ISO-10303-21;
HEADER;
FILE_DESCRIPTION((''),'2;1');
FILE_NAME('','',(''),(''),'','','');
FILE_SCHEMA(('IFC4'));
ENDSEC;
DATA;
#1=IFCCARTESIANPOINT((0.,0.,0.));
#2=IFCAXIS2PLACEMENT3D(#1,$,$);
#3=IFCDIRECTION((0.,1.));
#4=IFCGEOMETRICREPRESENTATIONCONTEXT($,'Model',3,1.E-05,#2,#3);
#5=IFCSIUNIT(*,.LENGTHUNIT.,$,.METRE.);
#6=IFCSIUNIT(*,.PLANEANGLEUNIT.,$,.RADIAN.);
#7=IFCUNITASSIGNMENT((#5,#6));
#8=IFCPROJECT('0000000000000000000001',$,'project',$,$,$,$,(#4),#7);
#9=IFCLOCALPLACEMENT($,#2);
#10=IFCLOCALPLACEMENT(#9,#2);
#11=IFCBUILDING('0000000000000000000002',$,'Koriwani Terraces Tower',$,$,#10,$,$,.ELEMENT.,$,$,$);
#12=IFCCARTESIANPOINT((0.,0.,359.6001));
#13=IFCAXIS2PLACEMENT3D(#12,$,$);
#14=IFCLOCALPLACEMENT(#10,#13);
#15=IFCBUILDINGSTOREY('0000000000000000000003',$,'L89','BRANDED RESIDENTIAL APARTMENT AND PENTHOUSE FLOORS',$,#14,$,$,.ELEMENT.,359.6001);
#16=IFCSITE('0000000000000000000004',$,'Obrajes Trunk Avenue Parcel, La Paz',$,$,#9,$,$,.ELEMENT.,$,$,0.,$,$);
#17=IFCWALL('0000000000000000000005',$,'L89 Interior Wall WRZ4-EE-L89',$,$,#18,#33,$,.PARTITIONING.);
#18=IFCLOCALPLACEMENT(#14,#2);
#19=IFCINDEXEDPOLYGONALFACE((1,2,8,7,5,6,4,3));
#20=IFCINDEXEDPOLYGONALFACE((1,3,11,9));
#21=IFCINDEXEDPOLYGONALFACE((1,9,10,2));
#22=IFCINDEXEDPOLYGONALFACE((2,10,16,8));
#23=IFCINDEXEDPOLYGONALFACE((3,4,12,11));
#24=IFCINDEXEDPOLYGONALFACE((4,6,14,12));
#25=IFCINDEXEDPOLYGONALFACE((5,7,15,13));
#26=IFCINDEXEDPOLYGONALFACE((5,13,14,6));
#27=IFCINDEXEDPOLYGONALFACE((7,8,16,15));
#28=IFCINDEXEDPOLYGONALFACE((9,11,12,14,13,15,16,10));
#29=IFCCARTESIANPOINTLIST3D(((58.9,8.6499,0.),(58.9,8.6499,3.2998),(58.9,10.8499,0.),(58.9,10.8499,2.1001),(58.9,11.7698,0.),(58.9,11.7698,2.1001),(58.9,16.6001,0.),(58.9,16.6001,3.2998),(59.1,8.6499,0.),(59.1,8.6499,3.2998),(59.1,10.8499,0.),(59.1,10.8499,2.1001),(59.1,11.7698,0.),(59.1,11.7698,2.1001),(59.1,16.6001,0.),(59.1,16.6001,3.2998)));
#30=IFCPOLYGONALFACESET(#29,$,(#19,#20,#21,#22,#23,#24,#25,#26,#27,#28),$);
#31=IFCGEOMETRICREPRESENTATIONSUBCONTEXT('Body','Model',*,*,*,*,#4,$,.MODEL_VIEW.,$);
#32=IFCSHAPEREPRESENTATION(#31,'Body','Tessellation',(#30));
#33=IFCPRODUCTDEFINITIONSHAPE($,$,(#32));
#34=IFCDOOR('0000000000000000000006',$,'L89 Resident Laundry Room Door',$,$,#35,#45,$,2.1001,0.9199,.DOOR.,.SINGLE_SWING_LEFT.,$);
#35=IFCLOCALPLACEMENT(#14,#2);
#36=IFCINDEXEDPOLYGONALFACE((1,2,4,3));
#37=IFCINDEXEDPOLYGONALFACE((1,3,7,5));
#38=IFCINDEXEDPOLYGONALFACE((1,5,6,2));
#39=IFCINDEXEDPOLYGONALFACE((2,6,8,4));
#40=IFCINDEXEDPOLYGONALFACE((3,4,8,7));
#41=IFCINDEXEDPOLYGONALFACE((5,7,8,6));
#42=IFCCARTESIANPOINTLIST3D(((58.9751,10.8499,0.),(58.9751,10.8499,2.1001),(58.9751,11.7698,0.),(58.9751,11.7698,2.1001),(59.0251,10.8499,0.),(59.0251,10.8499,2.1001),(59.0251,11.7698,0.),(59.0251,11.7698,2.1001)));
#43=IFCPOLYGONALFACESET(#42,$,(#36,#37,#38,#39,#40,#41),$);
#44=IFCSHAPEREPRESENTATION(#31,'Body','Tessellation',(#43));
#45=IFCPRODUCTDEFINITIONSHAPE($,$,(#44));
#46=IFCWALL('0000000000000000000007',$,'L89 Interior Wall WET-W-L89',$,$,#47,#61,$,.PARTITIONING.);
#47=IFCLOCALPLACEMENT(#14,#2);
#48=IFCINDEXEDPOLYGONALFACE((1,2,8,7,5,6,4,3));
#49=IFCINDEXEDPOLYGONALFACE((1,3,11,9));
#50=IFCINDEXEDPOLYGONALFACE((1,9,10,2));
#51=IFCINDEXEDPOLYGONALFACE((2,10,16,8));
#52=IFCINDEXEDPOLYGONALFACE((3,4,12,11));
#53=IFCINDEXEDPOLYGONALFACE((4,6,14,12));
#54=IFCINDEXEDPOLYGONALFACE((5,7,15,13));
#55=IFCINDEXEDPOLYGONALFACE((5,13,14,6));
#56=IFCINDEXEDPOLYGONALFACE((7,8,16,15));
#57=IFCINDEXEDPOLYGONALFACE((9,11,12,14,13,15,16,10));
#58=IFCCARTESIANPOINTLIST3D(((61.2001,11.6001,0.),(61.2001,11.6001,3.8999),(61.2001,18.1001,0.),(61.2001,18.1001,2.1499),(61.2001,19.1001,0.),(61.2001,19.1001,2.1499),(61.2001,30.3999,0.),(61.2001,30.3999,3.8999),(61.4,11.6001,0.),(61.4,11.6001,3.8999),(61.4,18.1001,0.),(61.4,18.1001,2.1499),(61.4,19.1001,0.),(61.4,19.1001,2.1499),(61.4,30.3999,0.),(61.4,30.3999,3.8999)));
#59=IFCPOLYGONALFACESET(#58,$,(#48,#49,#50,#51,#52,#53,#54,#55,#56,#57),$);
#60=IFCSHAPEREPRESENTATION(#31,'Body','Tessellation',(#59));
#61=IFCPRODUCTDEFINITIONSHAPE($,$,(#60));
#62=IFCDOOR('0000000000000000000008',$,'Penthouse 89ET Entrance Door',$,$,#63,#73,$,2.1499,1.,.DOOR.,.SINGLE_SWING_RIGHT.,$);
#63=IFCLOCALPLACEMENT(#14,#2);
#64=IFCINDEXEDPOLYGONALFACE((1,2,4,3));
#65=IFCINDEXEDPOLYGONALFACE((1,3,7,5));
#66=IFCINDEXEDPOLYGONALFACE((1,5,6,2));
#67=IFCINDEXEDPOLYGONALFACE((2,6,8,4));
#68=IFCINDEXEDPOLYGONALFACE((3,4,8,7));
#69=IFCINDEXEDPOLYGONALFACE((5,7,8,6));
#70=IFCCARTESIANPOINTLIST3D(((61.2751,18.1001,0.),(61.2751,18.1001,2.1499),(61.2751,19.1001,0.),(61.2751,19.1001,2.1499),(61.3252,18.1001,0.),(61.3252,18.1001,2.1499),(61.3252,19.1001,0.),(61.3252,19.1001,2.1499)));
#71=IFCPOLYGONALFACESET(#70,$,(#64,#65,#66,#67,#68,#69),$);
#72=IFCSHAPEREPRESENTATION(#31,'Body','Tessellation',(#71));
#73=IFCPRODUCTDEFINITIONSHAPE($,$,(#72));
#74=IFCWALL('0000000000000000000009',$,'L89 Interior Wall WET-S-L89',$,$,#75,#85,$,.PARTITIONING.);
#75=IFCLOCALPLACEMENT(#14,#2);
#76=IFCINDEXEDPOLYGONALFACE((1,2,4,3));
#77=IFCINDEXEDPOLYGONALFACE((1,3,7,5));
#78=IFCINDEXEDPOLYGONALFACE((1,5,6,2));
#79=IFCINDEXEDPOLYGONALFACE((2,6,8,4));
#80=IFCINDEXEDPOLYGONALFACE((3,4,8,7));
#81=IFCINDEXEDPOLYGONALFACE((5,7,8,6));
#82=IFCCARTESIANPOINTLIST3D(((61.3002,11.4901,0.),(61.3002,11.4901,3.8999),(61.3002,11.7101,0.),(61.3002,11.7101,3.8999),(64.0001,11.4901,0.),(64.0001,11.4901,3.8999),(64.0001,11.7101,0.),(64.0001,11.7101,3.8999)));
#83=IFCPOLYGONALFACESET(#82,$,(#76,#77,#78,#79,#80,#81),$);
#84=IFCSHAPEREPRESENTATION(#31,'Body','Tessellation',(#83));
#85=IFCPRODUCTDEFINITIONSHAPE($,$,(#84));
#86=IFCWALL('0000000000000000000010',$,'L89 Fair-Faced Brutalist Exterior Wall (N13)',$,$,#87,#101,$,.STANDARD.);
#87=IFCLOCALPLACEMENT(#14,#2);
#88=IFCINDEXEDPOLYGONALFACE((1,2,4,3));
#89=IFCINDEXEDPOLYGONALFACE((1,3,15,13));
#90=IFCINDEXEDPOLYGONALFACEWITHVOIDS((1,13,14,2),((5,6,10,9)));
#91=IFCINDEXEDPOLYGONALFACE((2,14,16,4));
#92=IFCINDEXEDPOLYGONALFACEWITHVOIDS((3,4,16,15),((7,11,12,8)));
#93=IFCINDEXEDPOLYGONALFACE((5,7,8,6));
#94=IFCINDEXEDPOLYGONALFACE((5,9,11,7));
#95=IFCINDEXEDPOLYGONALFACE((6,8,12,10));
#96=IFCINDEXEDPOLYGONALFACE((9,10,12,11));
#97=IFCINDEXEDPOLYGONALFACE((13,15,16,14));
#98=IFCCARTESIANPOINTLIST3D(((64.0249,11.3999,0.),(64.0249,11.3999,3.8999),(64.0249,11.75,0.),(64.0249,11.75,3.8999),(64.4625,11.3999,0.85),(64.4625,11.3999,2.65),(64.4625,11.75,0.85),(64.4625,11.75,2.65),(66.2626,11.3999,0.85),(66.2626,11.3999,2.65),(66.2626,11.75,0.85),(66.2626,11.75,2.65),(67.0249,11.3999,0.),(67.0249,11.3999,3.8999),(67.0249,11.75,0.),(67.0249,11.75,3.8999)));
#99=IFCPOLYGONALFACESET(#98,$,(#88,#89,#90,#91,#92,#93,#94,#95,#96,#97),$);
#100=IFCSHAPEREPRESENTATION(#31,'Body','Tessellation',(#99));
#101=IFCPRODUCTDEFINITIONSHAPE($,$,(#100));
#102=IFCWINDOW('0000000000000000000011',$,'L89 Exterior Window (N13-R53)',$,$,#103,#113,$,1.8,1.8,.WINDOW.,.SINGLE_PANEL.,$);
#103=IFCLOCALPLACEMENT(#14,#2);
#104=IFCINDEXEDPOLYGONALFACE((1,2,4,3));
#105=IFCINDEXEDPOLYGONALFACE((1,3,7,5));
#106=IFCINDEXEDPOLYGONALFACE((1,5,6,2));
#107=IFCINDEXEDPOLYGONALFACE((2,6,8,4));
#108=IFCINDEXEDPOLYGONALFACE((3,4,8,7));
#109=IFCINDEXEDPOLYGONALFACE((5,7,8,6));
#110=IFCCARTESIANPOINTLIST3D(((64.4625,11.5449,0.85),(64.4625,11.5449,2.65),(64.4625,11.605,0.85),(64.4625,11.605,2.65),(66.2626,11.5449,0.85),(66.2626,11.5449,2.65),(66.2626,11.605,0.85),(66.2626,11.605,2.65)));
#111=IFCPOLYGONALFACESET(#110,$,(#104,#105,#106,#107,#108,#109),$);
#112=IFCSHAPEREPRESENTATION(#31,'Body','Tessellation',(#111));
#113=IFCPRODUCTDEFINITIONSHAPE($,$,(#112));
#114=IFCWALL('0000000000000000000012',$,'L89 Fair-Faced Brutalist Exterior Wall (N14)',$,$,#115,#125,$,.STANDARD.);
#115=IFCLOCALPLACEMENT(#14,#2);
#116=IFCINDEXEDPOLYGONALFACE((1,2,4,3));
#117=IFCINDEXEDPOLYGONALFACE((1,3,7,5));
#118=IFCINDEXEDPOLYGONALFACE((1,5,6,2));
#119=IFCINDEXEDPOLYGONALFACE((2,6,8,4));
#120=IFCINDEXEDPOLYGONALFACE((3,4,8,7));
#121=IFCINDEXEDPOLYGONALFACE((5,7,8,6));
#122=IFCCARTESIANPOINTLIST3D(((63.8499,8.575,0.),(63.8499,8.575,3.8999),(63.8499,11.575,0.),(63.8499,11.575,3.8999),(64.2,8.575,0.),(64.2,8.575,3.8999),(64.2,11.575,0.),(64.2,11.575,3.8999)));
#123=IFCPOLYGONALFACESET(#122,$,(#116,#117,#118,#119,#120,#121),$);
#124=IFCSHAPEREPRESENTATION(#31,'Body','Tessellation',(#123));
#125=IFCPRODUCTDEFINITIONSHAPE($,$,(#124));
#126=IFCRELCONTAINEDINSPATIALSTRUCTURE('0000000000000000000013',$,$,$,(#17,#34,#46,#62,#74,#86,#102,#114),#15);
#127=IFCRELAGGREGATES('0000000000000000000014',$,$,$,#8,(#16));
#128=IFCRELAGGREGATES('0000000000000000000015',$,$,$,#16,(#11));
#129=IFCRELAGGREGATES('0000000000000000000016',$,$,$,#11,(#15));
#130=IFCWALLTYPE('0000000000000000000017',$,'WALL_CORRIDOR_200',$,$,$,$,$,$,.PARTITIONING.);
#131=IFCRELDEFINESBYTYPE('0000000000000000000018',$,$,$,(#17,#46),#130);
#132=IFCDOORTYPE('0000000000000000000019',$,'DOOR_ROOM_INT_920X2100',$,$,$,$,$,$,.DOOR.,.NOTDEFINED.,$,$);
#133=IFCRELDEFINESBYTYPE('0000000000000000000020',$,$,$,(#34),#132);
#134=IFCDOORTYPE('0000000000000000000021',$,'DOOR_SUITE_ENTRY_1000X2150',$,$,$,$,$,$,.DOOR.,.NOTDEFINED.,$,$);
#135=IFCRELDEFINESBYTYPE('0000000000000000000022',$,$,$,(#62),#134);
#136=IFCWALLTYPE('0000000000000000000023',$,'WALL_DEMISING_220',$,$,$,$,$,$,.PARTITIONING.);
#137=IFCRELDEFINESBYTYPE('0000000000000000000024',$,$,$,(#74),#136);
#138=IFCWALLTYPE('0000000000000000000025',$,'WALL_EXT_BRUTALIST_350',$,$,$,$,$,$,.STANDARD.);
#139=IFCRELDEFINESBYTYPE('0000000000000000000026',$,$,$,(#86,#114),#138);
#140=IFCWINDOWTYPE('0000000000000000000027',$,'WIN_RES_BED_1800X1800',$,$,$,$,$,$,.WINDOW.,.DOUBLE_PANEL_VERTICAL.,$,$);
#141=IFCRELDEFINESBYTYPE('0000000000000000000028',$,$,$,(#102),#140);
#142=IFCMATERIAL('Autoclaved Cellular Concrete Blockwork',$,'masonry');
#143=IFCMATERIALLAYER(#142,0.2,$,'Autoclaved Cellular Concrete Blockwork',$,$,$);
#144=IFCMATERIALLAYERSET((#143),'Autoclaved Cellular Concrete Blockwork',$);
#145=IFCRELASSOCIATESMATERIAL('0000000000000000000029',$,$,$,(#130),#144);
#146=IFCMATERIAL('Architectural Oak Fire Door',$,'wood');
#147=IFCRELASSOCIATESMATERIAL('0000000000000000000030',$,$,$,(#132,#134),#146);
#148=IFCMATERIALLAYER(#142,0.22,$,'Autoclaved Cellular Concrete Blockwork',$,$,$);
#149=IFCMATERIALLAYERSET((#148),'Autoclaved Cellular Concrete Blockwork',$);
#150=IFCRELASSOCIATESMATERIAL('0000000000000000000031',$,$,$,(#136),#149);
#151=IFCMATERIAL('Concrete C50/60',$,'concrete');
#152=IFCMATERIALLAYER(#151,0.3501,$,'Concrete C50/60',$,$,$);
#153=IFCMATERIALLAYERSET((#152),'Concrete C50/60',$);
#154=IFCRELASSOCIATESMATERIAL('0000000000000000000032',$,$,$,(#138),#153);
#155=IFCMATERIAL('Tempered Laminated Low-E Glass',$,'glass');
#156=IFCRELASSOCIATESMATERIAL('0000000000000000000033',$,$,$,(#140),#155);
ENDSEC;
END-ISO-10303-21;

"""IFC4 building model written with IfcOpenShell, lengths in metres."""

from ifc_helpers import new_model, si_unit, direction, frame, frame_2d, origin, place, context, subcontext, project, spatial, rectangle, extrude, material, layer, layer_set, type_object, element, fill, save


model = new_model("IFC4")

# Units and contexts
model_context = context("Model", 3, precision=1e-05, world=origin(), true_north=direction((0.0, 1.0)))
body_context = subcontext(model_context, "Body", "Model", "MODEL_VIEW")
ifc_project = project(units=[si_unit("LENGTHUNIT", "METRE"), si_unit("PLANEANGLEUNIT", "RADIAN")], contexts=[model_context])

# Site, building, storey
site_placement = place(None, origin())
site = spatial("IfcSite", under=ifc_project, at=site_placement, Name="Obrajes Trunk Avenue Parcel, La Paz", CompositionType="ELEMENT", RefElevation=0.0)
building_placement = place(site_placement, origin())
building = spatial("IfcBuilding", under=site, at=building_placement, Name="Koriwani Terraces Tower", CompositionType="ELEMENT")
storey_placement = place(building_placement, frame((0.0, 0.0, 359.6001)))
storey = spatial("IfcBuildingStorey", under=building, at=storey_placement, Name="L89", Description="BRANDED RESIDENTIAL APARTMENT AND PENTHOUSE FLOORS", CompositionType="ELEMENT", Elevation=359.6001)

# Shared definitions
ifc_material_1 = material(Name="Concrete C50/60", Category="concrete")

# Walls, openings, doors
ifc_material_2 = material(Name="Autoclaved Cellular Concrete Blockwork", Category="masonry")
ifc_layer_1 = layer(ifc_material_2, 0.2, Name="Autoclaved Cellular Concrete Blockwork")
ifc_layer_set_1 = layer_set([ifc_layer_1], Name="Autoclaved Cellular Concrete Blockwork")
wall_type_1 = type_object("IfcWallType", Name="WALL_CORRIDOR_200", PredefinedType="PARTITIONING", material=ifc_layer_set_1)
wall_1_placement = place(storey_placement, frame((59.0, 8.6499, 0.0), z_axis=(0.0, 0.0, 1.0), x_axis=(0.0, 1.0, 0.0)))
wall_1 = element("IfcWall", 1, at=wall_1_placement, inside=storey, type_object=wall_type_1, Name="L89 Interior Wall WRZ4-EE-L89", PredefinedType="PARTITIONING", context=body_context, shape_type="SweptSolid", body=[
    extrude(rectangle(XDim=7.9502, YDim=0.2, at=frame_2d((3.9751, 0.0))), origin(), (0.0, 0.0, 1.0), 3.2998),
])
opening_1_placement = place(wall_1_placement, frame((2.2, 0.0, 0.0)))
opening_1 = element("IfcOpeningElement", 2, at=opening_1_placement, cuts=wall_1, PredefinedType="OPENING", context=body_context, shape_type="SweptSolid", body=[
    extrude(rectangle(XDim=0.9199, YDim=2.1001, at=frame_2d((0.46, 1.05))), frame((0.0, 0.1099, 0.0), z_axis=(0.0, -1.0, 0.0), x_axis=(1.0, 0.0, 0.0)), (0.0, 0.0, 1.0), 0.22),
])
ifc_material_3 = material(Name="Architectural Oak Fire Door", Category="wood")
door_type_1 = type_object("IfcDoorType", Name="DOOR_ROOM_INT_920X2100", OperationType="NOTDEFINED", PredefinedType="DOOR", material=ifc_material_3)
door_1_placement = place(opening_1_placement, origin())
door_1 = element("IfcDoor", 3, at=door_1_placement, inside=storey, type_object=door_type_1, Name="L89 Resident Laundry Room Door", OperationType="SINGLE_SWING_LEFT", OverallHeight=2.1001, OverallWidth=0.9199, PredefinedType="DOOR", context=body_context, shape_type="SweptSolid", body=[
    extrude(rectangle(XDim=0.9199, YDim=2.1001, at=frame_2d((0.46, 1.05))), frame((0.0, 0.0249, 0.0), z_axis=(0.0, -1.0, 0.0), x_axis=(1.0, 0.0, 0.0)), (0.0, 0.0, 1.0), 0.05),
])
fill(opening_1, door_1)
wall_2_placement = place(storey_placement, frame((61.3, 11.6001, 0.0), z_axis=(0.0, 0.0, 1.0), x_axis=(0.0, 1.0, 0.0)))
wall_2 = element("IfcWall", 4, at=wall_2_placement, inside=storey, type_object=wall_type_1, Name="L89 Interior Wall WET-W-L89", PredefinedType="PARTITIONING", context=body_context, shape_type="SweptSolid", body=[
    extrude(rectangle(XDim=18.7998, YDim=0.2, at=frame_2d((9.3999, 0.0))), origin(), (0.0, 0.0, 1.0), 3.8999),
])
opening_2_placement = place(wall_2_placement, frame((6.5, 0.0, 0.0)))
opening_2 = element("IfcOpeningElement", 5, at=opening_2_placement, cuts=wall_2, PredefinedType="OPENING", context=body_context, shape_type="SweptSolid", body=[
    extrude(rectangle(XDim=1.0, YDim=2.1499, at=frame_2d((0.5, 1.075))), frame((0.0, 0.1099, 0.0), z_axis=(0.0, -1.0, 0.0), x_axis=(1.0, 0.0, 0.0)), (0.0, 0.0, 1.0), 0.22),
])
door_type_2 = type_object("IfcDoorType", Name="DOOR_SUITE_ENTRY_1000X2150", OperationType="NOTDEFINED", PredefinedType="DOOR", material=ifc_material_3)
door_2_placement = place(opening_2_placement, origin())
door_2 = element("IfcDoor", 6, at=door_2_placement, inside=storey, type_object=door_type_2, Name="Penthouse 89ET Entrance Door", OperationType="SINGLE_SWING_RIGHT", OverallHeight=2.1499, OverallWidth=1.0, PredefinedType="DOOR", context=body_context, shape_type="SweptSolid", body=[
    extrude(rectangle(XDim=1.0, YDim=2.1499, at=frame_2d((0.5, 1.075))), frame((0.0, 0.0249, 0.0), z_axis=(0.0, -1.0, 0.0), x_axis=(1.0, 0.0, 0.0)), (0.0, 0.0, 1.0), 0.05),
])
fill(opening_2, door_2)

# Wall
ifc_layer_2 = layer(ifc_material_2, 0.22, Name="Autoclaved Cellular Concrete Blockwork")
ifc_layer_set_2 = layer_set([ifc_layer_2], Name="Autoclaved Cellular Concrete Blockwork")
wall_type_2 = type_object("IfcWallType", Name="WALL_DEMISING_220", PredefinedType="PARTITIONING", material=ifc_layer_set_2)
wall_3_placement = place(storey_placement, frame((61.3, 11.6001, 0.0), z_axis=(0.0, 0.0, 1.0), x_axis=(1.0, 0.0, 0.0)))
element("IfcWall", 7, at=wall_3_placement, inside=storey, type_object=wall_type_2, Name="L89 Interior Wall WET-S-L89", PredefinedType="PARTITIONING", context=body_context, shape_type="SweptSolid", body=[
    extrude(rectangle(XDim=2.7, YDim=0.22, at=frame_2d((1.3501, 0.0))), origin(), (0.0, 0.0, 1.0), 3.8999),
])

# Wall, opening, window
ifc_layer_3 = layer(ifc_material_1, 0.3501, Name="Concrete C50/60")
ifc_layer_set_3 = layer_set([ifc_layer_3], Name="Concrete C50/60")
wall_type_3 = type_object("IfcWallType", Name="WALL_EXT_BRUTALIST_350", PredefinedType="STANDARD", material=ifc_layer_set_3)
wall_4_placement = place(storey_placement, frame((67.0249, 11.575, 0.0), z_axis=(0.0, 0.0, 1.0), x_axis=(-1.0, 0.0, 0.0)))
wall_4 = element("IfcWall", 8, at=wall_4_placement, inside=storey, type_object=wall_type_3, Name="L89 Fair-Faced Brutalist Exterior Wall (N13)", PredefinedType="STANDARD", context=body_context, shape_type="SweptSolid", body=[
    extrude(rectangle(XDim=3.0, YDim=0.3501, at=frame_2d((1.5, 0.0))), origin(), (0.0, 0.0, 1.0), 3.8999),
])
opening_3_placement = place(wall_4_placement, frame((0.7625, 0.0, 0.8501)))
opening_3 = element("IfcOpeningElement", 9, at=opening_3_placement, cuts=wall_4, PredefinedType="OPENING", context=body_context, shape_type="SweptSolid", body=[
    extrude(rectangle(XDim=1.8, YDim=1.8, at=frame_2d((0.8999, 0.8999))), frame((0.0, 0.1851, 0.0), z_axis=(0.0, -1.0, 0.0), x_axis=(1.0, 0.0, 0.0)), (0.0, 0.0, 1.0), 0.3701),
])
ifc_material_4 = material(Name="Tempered Laminated Low-E Glass", Category="glass")
window_type_1 = type_object("IfcWindowType", Name="WIN_RES_BED_1800X1800", PartitioningType="DOUBLE_PANEL_VERTICAL", PredefinedType="WINDOW", material=ifc_material_4)
window_1_placement = place(opening_3_placement, origin())
window_1 = element("IfcWindow", 10, at=window_1_placement, inside=storey, type_object=window_type_1, Name="L89 Exterior Window (N13-R53)", OverallHeight=1.8, OverallWidth=1.8, PartitioningType="SINGLE_PANEL", PredefinedType="WINDOW", context=body_context, shape_type="SweptSolid", body=[
    extrude(rectangle(XDim=1.8, YDim=1.8, at=frame_2d((0.8999, 0.8999))), frame((0.0, 0.03, 0.0), z_axis=(0.0, -1.0, 0.0), x_axis=(1.0, 0.0, 0.0)), (0.0, 0.0, 1.0), 0.0601),
])
fill(opening_3, window_1)

# Wall
wall_5_placement = place(storey_placement, frame((64.0249, 11.575, 0.0), z_axis=(0.0, 0.0, 1.0), x_axis=(0.0, -1.0, 0.0)))
element("IfcWall", 11, at=wall_5_placement, inside=storey, type_object=wall_type_3, Name="L89 Fair-Faced Brutalist Exterior Wall (N14)", PredefinedType="STANDARD", context=body_context, shape_type="SweptSolid", body=[
    extrude(rectangle(XDim=3.0, YDim=0.3501, at=frame_2d((1.5, 0.0))), origin(), (0.0, 0.0, 1.0), 3.8999),
])

save(model, "model.ifc")
